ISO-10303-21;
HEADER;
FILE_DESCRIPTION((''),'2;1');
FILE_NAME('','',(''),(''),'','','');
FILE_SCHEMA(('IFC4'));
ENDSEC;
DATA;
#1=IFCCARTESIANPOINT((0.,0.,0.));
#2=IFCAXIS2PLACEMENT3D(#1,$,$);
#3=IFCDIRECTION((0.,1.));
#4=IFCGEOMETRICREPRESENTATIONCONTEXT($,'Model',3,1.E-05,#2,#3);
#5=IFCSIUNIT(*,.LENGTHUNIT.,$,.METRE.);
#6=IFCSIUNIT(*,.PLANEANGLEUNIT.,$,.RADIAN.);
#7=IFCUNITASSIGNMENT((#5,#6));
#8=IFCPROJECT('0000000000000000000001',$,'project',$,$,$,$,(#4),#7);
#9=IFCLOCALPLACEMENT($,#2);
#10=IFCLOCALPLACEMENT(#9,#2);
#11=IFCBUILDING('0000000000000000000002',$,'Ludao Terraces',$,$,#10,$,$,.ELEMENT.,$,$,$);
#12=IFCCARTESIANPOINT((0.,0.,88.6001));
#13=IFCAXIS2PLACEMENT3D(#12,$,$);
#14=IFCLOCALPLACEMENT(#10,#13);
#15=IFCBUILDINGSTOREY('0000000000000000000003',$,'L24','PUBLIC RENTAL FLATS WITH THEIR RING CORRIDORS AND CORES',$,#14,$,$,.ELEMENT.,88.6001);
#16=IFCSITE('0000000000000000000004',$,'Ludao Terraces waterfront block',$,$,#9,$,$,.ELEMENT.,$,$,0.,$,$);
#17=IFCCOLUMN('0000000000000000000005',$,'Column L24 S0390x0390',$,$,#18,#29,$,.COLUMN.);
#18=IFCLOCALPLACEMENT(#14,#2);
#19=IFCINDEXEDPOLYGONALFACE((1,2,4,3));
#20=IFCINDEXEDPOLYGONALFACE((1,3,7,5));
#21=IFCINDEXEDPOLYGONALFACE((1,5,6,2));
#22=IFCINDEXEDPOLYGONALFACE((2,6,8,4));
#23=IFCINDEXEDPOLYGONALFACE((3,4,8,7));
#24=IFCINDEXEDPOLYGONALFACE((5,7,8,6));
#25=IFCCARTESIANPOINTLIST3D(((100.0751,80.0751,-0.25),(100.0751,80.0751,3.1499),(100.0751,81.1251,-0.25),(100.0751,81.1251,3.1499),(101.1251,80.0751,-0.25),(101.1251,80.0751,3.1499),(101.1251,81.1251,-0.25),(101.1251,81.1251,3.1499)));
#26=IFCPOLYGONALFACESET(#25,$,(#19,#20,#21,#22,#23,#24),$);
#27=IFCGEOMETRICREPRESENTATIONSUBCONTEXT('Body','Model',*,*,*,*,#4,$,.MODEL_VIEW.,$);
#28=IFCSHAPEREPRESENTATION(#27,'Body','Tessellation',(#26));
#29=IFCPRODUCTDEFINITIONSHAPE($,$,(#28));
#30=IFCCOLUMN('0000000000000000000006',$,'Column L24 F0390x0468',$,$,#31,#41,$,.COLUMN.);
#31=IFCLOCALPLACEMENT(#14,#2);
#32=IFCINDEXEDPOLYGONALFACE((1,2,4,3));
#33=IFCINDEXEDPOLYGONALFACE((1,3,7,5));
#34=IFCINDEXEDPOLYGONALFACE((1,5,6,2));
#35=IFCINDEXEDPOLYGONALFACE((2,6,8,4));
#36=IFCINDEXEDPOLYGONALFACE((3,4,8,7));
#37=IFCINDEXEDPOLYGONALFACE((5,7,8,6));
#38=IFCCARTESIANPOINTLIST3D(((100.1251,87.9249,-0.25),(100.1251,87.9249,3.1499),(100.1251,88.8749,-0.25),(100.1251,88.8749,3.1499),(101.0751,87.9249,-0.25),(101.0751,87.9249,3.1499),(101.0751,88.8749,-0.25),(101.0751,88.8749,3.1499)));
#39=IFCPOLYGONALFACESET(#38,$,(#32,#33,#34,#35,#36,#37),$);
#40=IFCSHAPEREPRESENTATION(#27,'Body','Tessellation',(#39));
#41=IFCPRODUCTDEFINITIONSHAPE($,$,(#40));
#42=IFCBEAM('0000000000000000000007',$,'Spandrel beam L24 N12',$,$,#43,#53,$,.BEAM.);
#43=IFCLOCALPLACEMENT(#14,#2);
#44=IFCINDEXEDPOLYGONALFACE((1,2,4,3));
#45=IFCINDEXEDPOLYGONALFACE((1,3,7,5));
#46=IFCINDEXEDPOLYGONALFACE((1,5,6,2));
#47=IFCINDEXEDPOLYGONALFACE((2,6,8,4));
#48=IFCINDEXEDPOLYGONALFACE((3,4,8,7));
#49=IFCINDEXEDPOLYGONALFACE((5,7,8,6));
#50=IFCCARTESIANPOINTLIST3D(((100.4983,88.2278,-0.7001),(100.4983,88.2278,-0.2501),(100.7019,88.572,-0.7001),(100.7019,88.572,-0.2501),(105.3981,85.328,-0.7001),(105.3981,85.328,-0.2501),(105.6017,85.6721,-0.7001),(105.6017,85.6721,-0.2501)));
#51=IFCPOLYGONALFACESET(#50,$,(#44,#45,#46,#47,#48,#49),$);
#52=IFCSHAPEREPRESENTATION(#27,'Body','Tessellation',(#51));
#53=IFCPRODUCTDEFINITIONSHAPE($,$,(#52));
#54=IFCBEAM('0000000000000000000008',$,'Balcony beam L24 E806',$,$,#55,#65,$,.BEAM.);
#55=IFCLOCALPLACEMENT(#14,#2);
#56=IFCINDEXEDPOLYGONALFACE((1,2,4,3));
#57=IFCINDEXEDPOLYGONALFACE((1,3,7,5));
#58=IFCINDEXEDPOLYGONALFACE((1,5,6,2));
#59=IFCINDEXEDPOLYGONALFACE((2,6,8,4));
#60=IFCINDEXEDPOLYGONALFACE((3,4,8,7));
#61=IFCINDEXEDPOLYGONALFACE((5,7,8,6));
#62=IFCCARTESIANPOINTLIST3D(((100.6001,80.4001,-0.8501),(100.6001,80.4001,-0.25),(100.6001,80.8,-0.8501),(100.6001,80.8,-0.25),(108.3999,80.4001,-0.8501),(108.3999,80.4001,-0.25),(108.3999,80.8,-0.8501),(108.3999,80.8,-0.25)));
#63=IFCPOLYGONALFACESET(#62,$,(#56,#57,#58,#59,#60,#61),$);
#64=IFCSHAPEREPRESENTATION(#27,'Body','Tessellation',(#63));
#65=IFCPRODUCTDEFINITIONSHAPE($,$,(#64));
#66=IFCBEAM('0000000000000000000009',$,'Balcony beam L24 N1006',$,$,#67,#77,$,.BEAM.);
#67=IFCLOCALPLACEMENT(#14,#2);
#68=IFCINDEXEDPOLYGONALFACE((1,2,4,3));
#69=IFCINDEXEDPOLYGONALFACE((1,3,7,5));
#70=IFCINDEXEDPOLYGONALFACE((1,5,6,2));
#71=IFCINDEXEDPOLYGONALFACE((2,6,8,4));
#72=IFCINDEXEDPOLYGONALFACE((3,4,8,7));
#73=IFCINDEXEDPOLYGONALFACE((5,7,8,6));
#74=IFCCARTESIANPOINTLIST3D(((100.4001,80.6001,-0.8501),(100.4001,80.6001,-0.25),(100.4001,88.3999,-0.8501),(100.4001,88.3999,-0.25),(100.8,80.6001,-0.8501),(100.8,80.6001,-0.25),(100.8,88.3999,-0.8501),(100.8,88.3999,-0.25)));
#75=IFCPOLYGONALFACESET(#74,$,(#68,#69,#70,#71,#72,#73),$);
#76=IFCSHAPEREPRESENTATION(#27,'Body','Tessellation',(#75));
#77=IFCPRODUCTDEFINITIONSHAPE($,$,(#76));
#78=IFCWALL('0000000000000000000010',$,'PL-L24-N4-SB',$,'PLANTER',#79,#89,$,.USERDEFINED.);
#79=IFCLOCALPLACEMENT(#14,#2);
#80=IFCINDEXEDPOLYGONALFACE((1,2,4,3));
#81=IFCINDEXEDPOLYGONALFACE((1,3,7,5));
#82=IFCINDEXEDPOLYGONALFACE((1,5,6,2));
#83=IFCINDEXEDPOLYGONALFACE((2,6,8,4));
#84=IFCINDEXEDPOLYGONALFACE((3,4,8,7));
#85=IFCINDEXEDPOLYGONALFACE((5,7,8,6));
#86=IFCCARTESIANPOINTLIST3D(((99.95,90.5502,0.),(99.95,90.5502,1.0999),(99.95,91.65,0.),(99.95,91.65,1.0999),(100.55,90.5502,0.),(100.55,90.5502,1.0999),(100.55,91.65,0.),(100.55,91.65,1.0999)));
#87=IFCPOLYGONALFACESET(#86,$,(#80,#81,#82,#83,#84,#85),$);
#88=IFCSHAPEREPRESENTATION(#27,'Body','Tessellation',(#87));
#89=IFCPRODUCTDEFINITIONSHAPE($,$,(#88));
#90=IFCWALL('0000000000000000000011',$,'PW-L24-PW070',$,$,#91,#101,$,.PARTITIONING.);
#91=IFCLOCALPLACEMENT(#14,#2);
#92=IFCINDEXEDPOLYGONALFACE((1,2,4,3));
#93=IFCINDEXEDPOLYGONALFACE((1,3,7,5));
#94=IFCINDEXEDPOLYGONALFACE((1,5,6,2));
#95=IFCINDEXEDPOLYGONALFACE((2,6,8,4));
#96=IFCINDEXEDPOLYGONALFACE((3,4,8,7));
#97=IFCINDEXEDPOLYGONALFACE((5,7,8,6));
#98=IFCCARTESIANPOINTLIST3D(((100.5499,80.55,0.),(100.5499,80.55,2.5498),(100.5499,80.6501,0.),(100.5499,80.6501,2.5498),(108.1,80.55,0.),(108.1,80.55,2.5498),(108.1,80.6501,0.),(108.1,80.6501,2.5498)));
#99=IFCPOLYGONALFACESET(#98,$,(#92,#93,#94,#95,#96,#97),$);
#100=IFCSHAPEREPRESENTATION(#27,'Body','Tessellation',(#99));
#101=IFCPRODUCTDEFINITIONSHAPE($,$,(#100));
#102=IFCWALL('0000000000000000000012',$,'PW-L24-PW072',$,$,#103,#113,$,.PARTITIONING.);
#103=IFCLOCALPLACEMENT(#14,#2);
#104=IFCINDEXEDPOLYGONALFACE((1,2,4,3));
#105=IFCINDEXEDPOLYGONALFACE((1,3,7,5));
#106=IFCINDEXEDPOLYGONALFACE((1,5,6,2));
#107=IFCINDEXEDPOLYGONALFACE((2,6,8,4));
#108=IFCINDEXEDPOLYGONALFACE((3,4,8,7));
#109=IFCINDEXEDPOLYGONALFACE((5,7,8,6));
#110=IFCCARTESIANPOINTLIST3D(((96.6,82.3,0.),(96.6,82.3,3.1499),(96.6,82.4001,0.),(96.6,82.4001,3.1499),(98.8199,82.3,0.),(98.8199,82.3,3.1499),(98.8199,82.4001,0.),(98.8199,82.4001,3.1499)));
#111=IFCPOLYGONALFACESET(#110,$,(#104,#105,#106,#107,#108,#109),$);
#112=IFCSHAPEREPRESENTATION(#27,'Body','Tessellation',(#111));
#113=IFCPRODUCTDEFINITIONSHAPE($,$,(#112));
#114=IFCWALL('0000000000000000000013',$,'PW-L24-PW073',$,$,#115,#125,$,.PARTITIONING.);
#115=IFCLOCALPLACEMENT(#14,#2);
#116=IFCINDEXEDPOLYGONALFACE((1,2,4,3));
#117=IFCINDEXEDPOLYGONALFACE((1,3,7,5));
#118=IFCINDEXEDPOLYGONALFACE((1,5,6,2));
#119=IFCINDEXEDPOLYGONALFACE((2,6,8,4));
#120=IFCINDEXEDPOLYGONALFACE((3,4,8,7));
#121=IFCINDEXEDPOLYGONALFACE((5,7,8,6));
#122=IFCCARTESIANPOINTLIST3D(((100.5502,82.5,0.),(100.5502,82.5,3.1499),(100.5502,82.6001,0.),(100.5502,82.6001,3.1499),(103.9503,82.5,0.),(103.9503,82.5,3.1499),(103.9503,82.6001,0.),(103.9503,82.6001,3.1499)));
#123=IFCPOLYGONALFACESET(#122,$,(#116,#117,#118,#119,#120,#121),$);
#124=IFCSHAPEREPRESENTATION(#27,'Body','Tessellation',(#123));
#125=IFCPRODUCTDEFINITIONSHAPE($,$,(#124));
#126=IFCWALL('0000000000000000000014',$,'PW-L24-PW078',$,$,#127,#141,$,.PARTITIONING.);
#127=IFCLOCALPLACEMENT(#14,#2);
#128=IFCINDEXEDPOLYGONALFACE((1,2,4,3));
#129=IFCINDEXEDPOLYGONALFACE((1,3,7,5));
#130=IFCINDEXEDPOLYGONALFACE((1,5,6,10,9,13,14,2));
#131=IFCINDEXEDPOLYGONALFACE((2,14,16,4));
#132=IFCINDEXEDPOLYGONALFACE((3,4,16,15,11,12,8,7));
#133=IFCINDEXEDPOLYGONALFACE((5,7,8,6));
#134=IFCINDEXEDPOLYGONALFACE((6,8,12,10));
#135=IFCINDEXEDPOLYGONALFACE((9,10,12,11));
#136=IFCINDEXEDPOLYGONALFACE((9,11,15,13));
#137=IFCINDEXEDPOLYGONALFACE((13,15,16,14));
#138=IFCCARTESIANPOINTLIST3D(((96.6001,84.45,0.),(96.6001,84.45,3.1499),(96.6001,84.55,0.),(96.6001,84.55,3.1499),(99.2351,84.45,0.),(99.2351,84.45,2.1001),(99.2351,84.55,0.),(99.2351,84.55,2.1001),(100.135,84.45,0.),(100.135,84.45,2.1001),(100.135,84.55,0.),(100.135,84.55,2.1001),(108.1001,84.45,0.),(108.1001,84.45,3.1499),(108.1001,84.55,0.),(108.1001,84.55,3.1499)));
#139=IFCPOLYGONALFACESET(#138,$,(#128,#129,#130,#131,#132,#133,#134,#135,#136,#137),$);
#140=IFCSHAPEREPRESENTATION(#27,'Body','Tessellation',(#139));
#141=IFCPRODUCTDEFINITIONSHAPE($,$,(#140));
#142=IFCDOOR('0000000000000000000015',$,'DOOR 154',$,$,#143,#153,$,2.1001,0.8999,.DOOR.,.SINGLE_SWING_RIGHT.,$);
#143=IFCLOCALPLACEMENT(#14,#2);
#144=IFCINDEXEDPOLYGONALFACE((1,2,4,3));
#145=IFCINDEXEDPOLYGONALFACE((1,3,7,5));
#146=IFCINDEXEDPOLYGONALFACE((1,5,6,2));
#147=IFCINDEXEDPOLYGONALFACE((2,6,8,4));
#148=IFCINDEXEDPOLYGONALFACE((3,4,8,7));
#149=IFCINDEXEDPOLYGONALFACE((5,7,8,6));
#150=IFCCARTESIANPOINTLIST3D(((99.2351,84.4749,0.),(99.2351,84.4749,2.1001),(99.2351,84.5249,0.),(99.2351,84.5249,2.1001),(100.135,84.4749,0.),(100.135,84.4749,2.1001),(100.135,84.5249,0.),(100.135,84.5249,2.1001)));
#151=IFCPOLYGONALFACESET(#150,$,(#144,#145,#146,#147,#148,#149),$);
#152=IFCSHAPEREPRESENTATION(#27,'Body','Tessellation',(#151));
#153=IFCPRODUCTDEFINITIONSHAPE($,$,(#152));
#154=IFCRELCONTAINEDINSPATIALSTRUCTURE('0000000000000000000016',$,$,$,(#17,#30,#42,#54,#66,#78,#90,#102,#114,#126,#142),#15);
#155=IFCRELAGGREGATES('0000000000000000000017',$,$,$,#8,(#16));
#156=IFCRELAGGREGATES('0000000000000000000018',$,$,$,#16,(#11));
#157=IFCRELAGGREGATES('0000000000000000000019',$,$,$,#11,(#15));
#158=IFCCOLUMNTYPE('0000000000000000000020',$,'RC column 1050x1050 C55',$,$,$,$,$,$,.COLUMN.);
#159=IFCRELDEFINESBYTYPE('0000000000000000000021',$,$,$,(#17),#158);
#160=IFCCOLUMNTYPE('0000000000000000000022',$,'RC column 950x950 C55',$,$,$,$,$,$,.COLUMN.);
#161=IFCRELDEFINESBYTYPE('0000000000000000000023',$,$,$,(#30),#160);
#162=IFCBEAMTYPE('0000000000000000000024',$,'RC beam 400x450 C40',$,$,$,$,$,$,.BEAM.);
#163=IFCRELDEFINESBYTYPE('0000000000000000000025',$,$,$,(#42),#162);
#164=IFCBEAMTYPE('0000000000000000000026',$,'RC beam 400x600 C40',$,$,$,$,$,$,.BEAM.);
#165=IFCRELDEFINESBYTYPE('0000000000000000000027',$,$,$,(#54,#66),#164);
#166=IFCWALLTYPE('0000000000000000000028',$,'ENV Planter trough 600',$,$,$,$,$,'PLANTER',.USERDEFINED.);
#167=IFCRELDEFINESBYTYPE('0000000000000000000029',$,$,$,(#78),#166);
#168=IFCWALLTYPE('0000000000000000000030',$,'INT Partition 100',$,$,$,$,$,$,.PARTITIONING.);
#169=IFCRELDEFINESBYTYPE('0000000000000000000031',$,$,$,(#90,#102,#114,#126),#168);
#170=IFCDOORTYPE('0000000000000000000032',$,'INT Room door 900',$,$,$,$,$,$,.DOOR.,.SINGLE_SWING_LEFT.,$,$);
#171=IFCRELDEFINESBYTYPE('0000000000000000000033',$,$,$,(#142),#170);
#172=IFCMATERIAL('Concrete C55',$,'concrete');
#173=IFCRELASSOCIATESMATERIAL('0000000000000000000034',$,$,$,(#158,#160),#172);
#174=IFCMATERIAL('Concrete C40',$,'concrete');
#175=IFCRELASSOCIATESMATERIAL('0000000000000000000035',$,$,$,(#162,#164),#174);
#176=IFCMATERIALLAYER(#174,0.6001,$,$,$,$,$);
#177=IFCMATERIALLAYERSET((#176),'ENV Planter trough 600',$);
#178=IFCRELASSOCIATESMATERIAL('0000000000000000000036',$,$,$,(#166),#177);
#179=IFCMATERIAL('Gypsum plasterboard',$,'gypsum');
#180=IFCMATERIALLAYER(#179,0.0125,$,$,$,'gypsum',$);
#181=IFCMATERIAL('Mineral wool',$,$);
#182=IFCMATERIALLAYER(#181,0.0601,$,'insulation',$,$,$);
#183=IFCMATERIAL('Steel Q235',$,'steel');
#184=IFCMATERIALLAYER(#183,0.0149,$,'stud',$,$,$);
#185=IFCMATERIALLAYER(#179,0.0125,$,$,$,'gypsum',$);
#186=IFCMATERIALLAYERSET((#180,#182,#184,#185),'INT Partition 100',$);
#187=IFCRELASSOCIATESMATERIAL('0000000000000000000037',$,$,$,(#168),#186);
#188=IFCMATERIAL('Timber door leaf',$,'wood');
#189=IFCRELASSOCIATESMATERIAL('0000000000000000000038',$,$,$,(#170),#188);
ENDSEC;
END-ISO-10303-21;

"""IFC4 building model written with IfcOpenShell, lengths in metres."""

from ifc_helpers import new_model, si_unit, direction, frame, frame_2d, origin, origin_2d, place, context, subcontext, project, spatial, rectangle, extrude, material, layer, layer_set, material_profile, profile_set, type_object, element, fill, save


model = new_model("IFC4")

# Units and contexts
model_context = context("Model", 3, precision=1e-05, world=origin(), true_north=direction((0.0, 1.0)))
body_context = subcontext(model_context, "Body", "Model", "MODEL_VIEW")
ifc_project = project(units=[si_unit("LENGTHUNIT", "METRE"), si_unit("PLANEANGLEUNIT", "RADIAN")], contexts=[model_context])

# Site, building, storey
site_placement = place(None, origin())
site = spatial("IfcSite", under=ifc_project, at=site_placement, Name="Ludao Terraces waterfront block", CompositionType="ELEMENT", RefElevation=0.0)
building_placement = place(site_placement, origin())
building = spatial("IfcBuilding", under=site, at=building_placement, Name="Ludao Terraces", CompositionType="ELEMENT")
storey_placement = place(building_placement, frame((0.0, 0.0, 88.6001)))
storey = spatial("IfcBuildingStorey", under=building, at=storey_placement, Name="L24", Description="PUBLIC RENTAL FLATS WITH THEIR RING CORRIDORS AND CORES", CompositionType="ELEMENT", Elevation=88.6001)

# Columns
ifc_material_1 = material(Name="Concrete C55", Category="concrete")
ifc_material_profile_1 = material_profile(ifc_material_1, rectangle(XDim=1.05, YDim=1.05, at=origin_2d()), Name="1050 X 1050")
ifc_profile_set_1 = profile_set([ifc_material_profile_1], Name="Concrete C55")
column_type_1 = type_object("IfcColumnType", Name="RC column 1050x1050 C55", PredefinedType="COLUMN", material=ifc_profile_set_1)
column_1_placement = place(storey_placement, frame((100.6001, 80.6001, -0.25), z_axis=(0.0, 0.0, 1.0), x_axis=(1.0, 0.0, 0.0)))
element("IfcColumn", 1, at=column_1_placement, inside=storey, type_object=column_type_1, Name="Column L24 S0390x0390", PredefinedType="COLUMN", context=body_context, shape_type="SweptSolid", body=[
    extrude(rectangle(XDim=1.05, YDim=1.05, at=origin_2d()), origin(), (0.0, 0.0, 1.0), 3.3999),
])
ifc_material_profile_2 = material_profile(ifc_material_1, rectangle(XDim=0.95, YDim=0.95, at=origin_2d()), Name="950 X 950")
ifc_profile_set_2 = profile_set([ifc_material_profile_2], Name="Concrete C55")
column_type_2 = type_object("IfcColumnType", Name="RC column 950x950 C55", PredefinedType="COLUMN", material=ifc_profile_set_2)
column_2_placement = place(storey_placement, frame((100.6001, 88.3999, -0.25), z_axis=(0.0, 0.0, 1.0), x_axis=(1.0, 0.0, 0.0)))
element("IfcColumn", 2, at=column_2_placement, inside=storey, type_object=column_type_2, Name="Column L24 F0390x0468", PredefinedType="COLUMN", context=body_context, shape_type="SweptSolid", body=[
    extrude(rectangle(XDim=0.95, YDim=0.95, at=origin_2d()), origin(), (0.0, 0.0, 1.0), 3.3999),
])

# Beams
ifc_material_2 = material(Name="Concrete C40", Category="concrete")
ifc_material_profile_3 = material_profile(ifc_material_2, rectangle(XDim=0.3999, YDim=0.45, at=origin_2d()), Name="400 X 450")
ifc_profile_set_3 = profile_set([ifc_material_profile_3], Name="Concrete C40")
beam_type_1 = type_object("IfcBeamType", Name="RC beam 400x450 C40", PredefinedType="BEAM", material=ifc_profile_set_3)
beam_placement = place(storey_placement, frame((100.6001, 88.3999, -0.4751), z_axis=(0.86058, -0.509316, 0.0), x_axis=(0.509316, 0.86058, 0.0)))
element("IfcBeam", 3, at=beam_placement, inside=storey, type_object=beam_type_1, Name="Spandrel beam L24 N12", PredefinedType="BEAM", context=body_context, shape_type="SweptSolid", body=[
    extrude(rectangle(XDim=0.3999, YDim=0.45, at=origin_2d()), origin(), (0.0, 0.0, 1.0), 5.6936),
])
ifc_material_profile_4 = material_profile(ifc_material_2, rectangle(XDim=0.3999, YDim=0.6001, at=origin_2d()), Name="400 X 600")
ifc_profile_set_4 = profile_set([ifc_material_profile_4], Name="Concrete C40")
beam_type_2 = type_object("IfcBeamType", Name="RC beam 400x600 C40", PredefinedType="BEAM", material=ifc_profile_set_4)
for number, where, z_axis, x_axis, name in (
    (4, (100.6001, 80.6001, -0.55), (1.0, 0.0, 0.0), (0.0, 1.0, 0.0), "Balcony beam L24 E806"),
    (5, (100.6001, 80.6001, -0.55), (0.0, 1.0, 0.0), (-1.0, 0.0, 0.0), "Balcony beam L24 N1006"),
):
    element("IfcBeam", number, at=place(storey_placement, frame(where, z_axis=z_axis, x_axis=x_axis)), inside=storey, type_object=beam_type_2, Name=name, PredefinedType="BEAM", context=body_context, shape_type="SweptSolid", body=[
        extrude(rectangle(XDim=0.3999, YDim=0.6001, at=origin_2d()), origin(), (0.0, 0.0, 1.0), 7.7998),
    ])

# Walls
ifc_layer_1 = layer(ifc_material_2, 0.6001)
ifc_layer_set_1 = layer_set([ifc_layer_1], Name="ENV Planter trough 600")
wall_type_1 = type_object("IfcWallType", Name="ENV Planter trough 600", ElementType="PLANTER", PredefinedType="USERDEFINED", material=ifc_layer_set_1)
wall_1_placement = place(storey_placement, frame((100.25, 91.6499, 0.0), z_axis=(0.0, 0.0, 1.0), x_axis=(0.0, -1.0, 0.0)))
element("IfcWall", 6, at=wall_1_placement, inside=storey, type_object=wall_type_1, Name="PL-L24-N4-SB", ObjectType="PLANTER", PredefinedType="USERDEFINED", context=body_context, shape_type="SweptSolid", body=[
    extrude(rectangle(XDim=1.0999, YDim=0.6001, at=frame_2d((0.5498, 0.0))), origin(), (0.0, 0.0, 1.0), 1.0999),
])
ifc_material_3 = material(Name="Gypsum plasterboard", Category="gypsum")
ifc_layer_2 = layer(ifc_material_3, 0.0125, Category="gypsum")
ifc_material_4 = material(Name="Mineral wool")
ifc_layer_3 = layer(ifc_material_4, 0.0601, Name="insulation")
ifc_material_5 = material(Name="Steel Q235", Category="steel")
ifc_layer_4 = layer(ifc_material_5, 0.0149, Name="stud")
ifc_layer_5 = layer(ifc_material_3, 0.0125, Category="gypsum")
ifc_layer_set_2 = layer_set([ifc_layer_2, ifc_layer_3, ifc_layer_4, ifc_layer_5], Name="INT Partition 100")
wall_type_2 = type_object("IfcWallType", Name="INT Partition 100", PredefinedType="PARTITIONING", material=ifc_layer_set_2)
wall_2_placement = place(storey_placement, frame((100.55, 80.6001, 0.0), z_axis=(0.0, 0.0, 1.0), x_axis=(1.0, 0.0, 0.0)))
element("IfcWall", 7, at=wall_2_placement, inside=storey, type_object=wall_type_2, Name="PW-L24-PW070", PredefinedType="PARTITIONING", context=body_context, shape_type="SweptSolid", body=[
    extrude(rectangle(XDim=7.55, YDim=0.1001, at=frame_2d((3.7749, 0.0))), origin(), (0.0, 0.0, 1.0), 2.5498),
])
wall_3_placement = place(storey_placement, frame((96.6001, 82.3501, 0.0), z_axis=(0.0, 0.0, 1.0), x_axis=(1.0, 0.0, 0.0)))
element("IfcWall", 8, at=wall_3_placement, inside=storey, type_object=wall_type_2, Name="PW-L24-PW072", PredefinedType="PARTITIONING", context=body_context, shape_type="SweptSolid", body=[
    extrude(rectangle(XDim=2.22, YDim=0.1001, at=frame_2d((1.1099, 0.0))), origin(), (0.0, 0.0, 1.0), 3.1499),
])
wall_4_placement = place(storey_placement, frame((100.55, 82.55, 0.0), z_axis=(0.0, 0.0, 1.0), x_axis=(1.0, 0.0, 0.0)))
element("IfcWall", 9, at=wall_4_placement, inside=storey, type_object=wall_type_2, Name="PW-L24-PW073", PredefinedType="PARTITIONING", context=body_context, shape_type="SweptSolid", body=[
    extrude(rectangle(XDim=3.4001, YDim=0.1001, at=frame_2d((1.7002, 0.0))), origin(), (0.0, 0.0, 1.0), 3.1499),
])

# Wall, opening, door
wall_5_placement = place(storey_placement, frame((96.6001, 84.5, 0.0), z_axis=(0.0, 0.0, 1.0), x_axis=(1.0, 0.0, 0.0)))
wall_5 = element("IfcWall", 10, at=wall_5_placement, inside=storey, type_object=wall_type_2, Name="PW-L24-PW078", PredefinedType="PARTITIONING", context=body_context, shape_type="SweptSolid", body=[
    extrude(rectangle(XDim=11.5, YDim=0.1001, at=frame_2d((5.75, 0.0))), origin(), (0.0, 0.0, 1.0), 3.1499),
])
opening_1_placement = place(wall_5_placement, frame((2.635, 0.0, 0.0)))
opening_1 = element("IfcOpeningElement", 11, at=opening_1_placement, cuts=wall_5, PredefinedType="OPENING", context=body_context, shape_type="SweptSolid", body=[
    extrude(rectangle(XDim=0.8999, YDim=2.1001, at=frame_2d((0.45, 1.05))), frame((0.0, 0.0601, 0.0), z_axis=(0.0, -1.0, 0.0), x_axis=(1.0, 0.0, 0.0)), (0.0, 0.0, 1.0), 0.1201),
])
ifc_material_6 = material(Name="Timber door leaf", Category="wood")
door_type = type_object("IfcDoorType", Name="INT Room door 900", OperationType="SINGLE_SWING_LEFT", PredefinedType="DOOR", material=ifc_material_6)
door_1_placement = place(opening_1_placement, origin())
door_1 = element("IfcDoor", 12, at=door_1_placement, inside=storey, type_object=door_type, Name="DOOR 154", OperationType="SINGLE_SWING_RIGHT", OverallHeight=2.1001, OverallWidth=0.8999, PredefinedType="DOOR", context=body_context, shape_type="SweptSolid", body=[
    extrude(rectangle(XDim=0.8999, YDim=2.1001, at=frame_2d((0.45, 1.05))), frame((0.0, 0.0249, 0.0), z_axis=(0.0, -1.0, 0.0), x_axis=(1.0, 0.0, 0.0)), (0.0, 0.0, 1.0), 0.05),
])
fill(opening_1, door_1)

save(model, "model.ifc")
